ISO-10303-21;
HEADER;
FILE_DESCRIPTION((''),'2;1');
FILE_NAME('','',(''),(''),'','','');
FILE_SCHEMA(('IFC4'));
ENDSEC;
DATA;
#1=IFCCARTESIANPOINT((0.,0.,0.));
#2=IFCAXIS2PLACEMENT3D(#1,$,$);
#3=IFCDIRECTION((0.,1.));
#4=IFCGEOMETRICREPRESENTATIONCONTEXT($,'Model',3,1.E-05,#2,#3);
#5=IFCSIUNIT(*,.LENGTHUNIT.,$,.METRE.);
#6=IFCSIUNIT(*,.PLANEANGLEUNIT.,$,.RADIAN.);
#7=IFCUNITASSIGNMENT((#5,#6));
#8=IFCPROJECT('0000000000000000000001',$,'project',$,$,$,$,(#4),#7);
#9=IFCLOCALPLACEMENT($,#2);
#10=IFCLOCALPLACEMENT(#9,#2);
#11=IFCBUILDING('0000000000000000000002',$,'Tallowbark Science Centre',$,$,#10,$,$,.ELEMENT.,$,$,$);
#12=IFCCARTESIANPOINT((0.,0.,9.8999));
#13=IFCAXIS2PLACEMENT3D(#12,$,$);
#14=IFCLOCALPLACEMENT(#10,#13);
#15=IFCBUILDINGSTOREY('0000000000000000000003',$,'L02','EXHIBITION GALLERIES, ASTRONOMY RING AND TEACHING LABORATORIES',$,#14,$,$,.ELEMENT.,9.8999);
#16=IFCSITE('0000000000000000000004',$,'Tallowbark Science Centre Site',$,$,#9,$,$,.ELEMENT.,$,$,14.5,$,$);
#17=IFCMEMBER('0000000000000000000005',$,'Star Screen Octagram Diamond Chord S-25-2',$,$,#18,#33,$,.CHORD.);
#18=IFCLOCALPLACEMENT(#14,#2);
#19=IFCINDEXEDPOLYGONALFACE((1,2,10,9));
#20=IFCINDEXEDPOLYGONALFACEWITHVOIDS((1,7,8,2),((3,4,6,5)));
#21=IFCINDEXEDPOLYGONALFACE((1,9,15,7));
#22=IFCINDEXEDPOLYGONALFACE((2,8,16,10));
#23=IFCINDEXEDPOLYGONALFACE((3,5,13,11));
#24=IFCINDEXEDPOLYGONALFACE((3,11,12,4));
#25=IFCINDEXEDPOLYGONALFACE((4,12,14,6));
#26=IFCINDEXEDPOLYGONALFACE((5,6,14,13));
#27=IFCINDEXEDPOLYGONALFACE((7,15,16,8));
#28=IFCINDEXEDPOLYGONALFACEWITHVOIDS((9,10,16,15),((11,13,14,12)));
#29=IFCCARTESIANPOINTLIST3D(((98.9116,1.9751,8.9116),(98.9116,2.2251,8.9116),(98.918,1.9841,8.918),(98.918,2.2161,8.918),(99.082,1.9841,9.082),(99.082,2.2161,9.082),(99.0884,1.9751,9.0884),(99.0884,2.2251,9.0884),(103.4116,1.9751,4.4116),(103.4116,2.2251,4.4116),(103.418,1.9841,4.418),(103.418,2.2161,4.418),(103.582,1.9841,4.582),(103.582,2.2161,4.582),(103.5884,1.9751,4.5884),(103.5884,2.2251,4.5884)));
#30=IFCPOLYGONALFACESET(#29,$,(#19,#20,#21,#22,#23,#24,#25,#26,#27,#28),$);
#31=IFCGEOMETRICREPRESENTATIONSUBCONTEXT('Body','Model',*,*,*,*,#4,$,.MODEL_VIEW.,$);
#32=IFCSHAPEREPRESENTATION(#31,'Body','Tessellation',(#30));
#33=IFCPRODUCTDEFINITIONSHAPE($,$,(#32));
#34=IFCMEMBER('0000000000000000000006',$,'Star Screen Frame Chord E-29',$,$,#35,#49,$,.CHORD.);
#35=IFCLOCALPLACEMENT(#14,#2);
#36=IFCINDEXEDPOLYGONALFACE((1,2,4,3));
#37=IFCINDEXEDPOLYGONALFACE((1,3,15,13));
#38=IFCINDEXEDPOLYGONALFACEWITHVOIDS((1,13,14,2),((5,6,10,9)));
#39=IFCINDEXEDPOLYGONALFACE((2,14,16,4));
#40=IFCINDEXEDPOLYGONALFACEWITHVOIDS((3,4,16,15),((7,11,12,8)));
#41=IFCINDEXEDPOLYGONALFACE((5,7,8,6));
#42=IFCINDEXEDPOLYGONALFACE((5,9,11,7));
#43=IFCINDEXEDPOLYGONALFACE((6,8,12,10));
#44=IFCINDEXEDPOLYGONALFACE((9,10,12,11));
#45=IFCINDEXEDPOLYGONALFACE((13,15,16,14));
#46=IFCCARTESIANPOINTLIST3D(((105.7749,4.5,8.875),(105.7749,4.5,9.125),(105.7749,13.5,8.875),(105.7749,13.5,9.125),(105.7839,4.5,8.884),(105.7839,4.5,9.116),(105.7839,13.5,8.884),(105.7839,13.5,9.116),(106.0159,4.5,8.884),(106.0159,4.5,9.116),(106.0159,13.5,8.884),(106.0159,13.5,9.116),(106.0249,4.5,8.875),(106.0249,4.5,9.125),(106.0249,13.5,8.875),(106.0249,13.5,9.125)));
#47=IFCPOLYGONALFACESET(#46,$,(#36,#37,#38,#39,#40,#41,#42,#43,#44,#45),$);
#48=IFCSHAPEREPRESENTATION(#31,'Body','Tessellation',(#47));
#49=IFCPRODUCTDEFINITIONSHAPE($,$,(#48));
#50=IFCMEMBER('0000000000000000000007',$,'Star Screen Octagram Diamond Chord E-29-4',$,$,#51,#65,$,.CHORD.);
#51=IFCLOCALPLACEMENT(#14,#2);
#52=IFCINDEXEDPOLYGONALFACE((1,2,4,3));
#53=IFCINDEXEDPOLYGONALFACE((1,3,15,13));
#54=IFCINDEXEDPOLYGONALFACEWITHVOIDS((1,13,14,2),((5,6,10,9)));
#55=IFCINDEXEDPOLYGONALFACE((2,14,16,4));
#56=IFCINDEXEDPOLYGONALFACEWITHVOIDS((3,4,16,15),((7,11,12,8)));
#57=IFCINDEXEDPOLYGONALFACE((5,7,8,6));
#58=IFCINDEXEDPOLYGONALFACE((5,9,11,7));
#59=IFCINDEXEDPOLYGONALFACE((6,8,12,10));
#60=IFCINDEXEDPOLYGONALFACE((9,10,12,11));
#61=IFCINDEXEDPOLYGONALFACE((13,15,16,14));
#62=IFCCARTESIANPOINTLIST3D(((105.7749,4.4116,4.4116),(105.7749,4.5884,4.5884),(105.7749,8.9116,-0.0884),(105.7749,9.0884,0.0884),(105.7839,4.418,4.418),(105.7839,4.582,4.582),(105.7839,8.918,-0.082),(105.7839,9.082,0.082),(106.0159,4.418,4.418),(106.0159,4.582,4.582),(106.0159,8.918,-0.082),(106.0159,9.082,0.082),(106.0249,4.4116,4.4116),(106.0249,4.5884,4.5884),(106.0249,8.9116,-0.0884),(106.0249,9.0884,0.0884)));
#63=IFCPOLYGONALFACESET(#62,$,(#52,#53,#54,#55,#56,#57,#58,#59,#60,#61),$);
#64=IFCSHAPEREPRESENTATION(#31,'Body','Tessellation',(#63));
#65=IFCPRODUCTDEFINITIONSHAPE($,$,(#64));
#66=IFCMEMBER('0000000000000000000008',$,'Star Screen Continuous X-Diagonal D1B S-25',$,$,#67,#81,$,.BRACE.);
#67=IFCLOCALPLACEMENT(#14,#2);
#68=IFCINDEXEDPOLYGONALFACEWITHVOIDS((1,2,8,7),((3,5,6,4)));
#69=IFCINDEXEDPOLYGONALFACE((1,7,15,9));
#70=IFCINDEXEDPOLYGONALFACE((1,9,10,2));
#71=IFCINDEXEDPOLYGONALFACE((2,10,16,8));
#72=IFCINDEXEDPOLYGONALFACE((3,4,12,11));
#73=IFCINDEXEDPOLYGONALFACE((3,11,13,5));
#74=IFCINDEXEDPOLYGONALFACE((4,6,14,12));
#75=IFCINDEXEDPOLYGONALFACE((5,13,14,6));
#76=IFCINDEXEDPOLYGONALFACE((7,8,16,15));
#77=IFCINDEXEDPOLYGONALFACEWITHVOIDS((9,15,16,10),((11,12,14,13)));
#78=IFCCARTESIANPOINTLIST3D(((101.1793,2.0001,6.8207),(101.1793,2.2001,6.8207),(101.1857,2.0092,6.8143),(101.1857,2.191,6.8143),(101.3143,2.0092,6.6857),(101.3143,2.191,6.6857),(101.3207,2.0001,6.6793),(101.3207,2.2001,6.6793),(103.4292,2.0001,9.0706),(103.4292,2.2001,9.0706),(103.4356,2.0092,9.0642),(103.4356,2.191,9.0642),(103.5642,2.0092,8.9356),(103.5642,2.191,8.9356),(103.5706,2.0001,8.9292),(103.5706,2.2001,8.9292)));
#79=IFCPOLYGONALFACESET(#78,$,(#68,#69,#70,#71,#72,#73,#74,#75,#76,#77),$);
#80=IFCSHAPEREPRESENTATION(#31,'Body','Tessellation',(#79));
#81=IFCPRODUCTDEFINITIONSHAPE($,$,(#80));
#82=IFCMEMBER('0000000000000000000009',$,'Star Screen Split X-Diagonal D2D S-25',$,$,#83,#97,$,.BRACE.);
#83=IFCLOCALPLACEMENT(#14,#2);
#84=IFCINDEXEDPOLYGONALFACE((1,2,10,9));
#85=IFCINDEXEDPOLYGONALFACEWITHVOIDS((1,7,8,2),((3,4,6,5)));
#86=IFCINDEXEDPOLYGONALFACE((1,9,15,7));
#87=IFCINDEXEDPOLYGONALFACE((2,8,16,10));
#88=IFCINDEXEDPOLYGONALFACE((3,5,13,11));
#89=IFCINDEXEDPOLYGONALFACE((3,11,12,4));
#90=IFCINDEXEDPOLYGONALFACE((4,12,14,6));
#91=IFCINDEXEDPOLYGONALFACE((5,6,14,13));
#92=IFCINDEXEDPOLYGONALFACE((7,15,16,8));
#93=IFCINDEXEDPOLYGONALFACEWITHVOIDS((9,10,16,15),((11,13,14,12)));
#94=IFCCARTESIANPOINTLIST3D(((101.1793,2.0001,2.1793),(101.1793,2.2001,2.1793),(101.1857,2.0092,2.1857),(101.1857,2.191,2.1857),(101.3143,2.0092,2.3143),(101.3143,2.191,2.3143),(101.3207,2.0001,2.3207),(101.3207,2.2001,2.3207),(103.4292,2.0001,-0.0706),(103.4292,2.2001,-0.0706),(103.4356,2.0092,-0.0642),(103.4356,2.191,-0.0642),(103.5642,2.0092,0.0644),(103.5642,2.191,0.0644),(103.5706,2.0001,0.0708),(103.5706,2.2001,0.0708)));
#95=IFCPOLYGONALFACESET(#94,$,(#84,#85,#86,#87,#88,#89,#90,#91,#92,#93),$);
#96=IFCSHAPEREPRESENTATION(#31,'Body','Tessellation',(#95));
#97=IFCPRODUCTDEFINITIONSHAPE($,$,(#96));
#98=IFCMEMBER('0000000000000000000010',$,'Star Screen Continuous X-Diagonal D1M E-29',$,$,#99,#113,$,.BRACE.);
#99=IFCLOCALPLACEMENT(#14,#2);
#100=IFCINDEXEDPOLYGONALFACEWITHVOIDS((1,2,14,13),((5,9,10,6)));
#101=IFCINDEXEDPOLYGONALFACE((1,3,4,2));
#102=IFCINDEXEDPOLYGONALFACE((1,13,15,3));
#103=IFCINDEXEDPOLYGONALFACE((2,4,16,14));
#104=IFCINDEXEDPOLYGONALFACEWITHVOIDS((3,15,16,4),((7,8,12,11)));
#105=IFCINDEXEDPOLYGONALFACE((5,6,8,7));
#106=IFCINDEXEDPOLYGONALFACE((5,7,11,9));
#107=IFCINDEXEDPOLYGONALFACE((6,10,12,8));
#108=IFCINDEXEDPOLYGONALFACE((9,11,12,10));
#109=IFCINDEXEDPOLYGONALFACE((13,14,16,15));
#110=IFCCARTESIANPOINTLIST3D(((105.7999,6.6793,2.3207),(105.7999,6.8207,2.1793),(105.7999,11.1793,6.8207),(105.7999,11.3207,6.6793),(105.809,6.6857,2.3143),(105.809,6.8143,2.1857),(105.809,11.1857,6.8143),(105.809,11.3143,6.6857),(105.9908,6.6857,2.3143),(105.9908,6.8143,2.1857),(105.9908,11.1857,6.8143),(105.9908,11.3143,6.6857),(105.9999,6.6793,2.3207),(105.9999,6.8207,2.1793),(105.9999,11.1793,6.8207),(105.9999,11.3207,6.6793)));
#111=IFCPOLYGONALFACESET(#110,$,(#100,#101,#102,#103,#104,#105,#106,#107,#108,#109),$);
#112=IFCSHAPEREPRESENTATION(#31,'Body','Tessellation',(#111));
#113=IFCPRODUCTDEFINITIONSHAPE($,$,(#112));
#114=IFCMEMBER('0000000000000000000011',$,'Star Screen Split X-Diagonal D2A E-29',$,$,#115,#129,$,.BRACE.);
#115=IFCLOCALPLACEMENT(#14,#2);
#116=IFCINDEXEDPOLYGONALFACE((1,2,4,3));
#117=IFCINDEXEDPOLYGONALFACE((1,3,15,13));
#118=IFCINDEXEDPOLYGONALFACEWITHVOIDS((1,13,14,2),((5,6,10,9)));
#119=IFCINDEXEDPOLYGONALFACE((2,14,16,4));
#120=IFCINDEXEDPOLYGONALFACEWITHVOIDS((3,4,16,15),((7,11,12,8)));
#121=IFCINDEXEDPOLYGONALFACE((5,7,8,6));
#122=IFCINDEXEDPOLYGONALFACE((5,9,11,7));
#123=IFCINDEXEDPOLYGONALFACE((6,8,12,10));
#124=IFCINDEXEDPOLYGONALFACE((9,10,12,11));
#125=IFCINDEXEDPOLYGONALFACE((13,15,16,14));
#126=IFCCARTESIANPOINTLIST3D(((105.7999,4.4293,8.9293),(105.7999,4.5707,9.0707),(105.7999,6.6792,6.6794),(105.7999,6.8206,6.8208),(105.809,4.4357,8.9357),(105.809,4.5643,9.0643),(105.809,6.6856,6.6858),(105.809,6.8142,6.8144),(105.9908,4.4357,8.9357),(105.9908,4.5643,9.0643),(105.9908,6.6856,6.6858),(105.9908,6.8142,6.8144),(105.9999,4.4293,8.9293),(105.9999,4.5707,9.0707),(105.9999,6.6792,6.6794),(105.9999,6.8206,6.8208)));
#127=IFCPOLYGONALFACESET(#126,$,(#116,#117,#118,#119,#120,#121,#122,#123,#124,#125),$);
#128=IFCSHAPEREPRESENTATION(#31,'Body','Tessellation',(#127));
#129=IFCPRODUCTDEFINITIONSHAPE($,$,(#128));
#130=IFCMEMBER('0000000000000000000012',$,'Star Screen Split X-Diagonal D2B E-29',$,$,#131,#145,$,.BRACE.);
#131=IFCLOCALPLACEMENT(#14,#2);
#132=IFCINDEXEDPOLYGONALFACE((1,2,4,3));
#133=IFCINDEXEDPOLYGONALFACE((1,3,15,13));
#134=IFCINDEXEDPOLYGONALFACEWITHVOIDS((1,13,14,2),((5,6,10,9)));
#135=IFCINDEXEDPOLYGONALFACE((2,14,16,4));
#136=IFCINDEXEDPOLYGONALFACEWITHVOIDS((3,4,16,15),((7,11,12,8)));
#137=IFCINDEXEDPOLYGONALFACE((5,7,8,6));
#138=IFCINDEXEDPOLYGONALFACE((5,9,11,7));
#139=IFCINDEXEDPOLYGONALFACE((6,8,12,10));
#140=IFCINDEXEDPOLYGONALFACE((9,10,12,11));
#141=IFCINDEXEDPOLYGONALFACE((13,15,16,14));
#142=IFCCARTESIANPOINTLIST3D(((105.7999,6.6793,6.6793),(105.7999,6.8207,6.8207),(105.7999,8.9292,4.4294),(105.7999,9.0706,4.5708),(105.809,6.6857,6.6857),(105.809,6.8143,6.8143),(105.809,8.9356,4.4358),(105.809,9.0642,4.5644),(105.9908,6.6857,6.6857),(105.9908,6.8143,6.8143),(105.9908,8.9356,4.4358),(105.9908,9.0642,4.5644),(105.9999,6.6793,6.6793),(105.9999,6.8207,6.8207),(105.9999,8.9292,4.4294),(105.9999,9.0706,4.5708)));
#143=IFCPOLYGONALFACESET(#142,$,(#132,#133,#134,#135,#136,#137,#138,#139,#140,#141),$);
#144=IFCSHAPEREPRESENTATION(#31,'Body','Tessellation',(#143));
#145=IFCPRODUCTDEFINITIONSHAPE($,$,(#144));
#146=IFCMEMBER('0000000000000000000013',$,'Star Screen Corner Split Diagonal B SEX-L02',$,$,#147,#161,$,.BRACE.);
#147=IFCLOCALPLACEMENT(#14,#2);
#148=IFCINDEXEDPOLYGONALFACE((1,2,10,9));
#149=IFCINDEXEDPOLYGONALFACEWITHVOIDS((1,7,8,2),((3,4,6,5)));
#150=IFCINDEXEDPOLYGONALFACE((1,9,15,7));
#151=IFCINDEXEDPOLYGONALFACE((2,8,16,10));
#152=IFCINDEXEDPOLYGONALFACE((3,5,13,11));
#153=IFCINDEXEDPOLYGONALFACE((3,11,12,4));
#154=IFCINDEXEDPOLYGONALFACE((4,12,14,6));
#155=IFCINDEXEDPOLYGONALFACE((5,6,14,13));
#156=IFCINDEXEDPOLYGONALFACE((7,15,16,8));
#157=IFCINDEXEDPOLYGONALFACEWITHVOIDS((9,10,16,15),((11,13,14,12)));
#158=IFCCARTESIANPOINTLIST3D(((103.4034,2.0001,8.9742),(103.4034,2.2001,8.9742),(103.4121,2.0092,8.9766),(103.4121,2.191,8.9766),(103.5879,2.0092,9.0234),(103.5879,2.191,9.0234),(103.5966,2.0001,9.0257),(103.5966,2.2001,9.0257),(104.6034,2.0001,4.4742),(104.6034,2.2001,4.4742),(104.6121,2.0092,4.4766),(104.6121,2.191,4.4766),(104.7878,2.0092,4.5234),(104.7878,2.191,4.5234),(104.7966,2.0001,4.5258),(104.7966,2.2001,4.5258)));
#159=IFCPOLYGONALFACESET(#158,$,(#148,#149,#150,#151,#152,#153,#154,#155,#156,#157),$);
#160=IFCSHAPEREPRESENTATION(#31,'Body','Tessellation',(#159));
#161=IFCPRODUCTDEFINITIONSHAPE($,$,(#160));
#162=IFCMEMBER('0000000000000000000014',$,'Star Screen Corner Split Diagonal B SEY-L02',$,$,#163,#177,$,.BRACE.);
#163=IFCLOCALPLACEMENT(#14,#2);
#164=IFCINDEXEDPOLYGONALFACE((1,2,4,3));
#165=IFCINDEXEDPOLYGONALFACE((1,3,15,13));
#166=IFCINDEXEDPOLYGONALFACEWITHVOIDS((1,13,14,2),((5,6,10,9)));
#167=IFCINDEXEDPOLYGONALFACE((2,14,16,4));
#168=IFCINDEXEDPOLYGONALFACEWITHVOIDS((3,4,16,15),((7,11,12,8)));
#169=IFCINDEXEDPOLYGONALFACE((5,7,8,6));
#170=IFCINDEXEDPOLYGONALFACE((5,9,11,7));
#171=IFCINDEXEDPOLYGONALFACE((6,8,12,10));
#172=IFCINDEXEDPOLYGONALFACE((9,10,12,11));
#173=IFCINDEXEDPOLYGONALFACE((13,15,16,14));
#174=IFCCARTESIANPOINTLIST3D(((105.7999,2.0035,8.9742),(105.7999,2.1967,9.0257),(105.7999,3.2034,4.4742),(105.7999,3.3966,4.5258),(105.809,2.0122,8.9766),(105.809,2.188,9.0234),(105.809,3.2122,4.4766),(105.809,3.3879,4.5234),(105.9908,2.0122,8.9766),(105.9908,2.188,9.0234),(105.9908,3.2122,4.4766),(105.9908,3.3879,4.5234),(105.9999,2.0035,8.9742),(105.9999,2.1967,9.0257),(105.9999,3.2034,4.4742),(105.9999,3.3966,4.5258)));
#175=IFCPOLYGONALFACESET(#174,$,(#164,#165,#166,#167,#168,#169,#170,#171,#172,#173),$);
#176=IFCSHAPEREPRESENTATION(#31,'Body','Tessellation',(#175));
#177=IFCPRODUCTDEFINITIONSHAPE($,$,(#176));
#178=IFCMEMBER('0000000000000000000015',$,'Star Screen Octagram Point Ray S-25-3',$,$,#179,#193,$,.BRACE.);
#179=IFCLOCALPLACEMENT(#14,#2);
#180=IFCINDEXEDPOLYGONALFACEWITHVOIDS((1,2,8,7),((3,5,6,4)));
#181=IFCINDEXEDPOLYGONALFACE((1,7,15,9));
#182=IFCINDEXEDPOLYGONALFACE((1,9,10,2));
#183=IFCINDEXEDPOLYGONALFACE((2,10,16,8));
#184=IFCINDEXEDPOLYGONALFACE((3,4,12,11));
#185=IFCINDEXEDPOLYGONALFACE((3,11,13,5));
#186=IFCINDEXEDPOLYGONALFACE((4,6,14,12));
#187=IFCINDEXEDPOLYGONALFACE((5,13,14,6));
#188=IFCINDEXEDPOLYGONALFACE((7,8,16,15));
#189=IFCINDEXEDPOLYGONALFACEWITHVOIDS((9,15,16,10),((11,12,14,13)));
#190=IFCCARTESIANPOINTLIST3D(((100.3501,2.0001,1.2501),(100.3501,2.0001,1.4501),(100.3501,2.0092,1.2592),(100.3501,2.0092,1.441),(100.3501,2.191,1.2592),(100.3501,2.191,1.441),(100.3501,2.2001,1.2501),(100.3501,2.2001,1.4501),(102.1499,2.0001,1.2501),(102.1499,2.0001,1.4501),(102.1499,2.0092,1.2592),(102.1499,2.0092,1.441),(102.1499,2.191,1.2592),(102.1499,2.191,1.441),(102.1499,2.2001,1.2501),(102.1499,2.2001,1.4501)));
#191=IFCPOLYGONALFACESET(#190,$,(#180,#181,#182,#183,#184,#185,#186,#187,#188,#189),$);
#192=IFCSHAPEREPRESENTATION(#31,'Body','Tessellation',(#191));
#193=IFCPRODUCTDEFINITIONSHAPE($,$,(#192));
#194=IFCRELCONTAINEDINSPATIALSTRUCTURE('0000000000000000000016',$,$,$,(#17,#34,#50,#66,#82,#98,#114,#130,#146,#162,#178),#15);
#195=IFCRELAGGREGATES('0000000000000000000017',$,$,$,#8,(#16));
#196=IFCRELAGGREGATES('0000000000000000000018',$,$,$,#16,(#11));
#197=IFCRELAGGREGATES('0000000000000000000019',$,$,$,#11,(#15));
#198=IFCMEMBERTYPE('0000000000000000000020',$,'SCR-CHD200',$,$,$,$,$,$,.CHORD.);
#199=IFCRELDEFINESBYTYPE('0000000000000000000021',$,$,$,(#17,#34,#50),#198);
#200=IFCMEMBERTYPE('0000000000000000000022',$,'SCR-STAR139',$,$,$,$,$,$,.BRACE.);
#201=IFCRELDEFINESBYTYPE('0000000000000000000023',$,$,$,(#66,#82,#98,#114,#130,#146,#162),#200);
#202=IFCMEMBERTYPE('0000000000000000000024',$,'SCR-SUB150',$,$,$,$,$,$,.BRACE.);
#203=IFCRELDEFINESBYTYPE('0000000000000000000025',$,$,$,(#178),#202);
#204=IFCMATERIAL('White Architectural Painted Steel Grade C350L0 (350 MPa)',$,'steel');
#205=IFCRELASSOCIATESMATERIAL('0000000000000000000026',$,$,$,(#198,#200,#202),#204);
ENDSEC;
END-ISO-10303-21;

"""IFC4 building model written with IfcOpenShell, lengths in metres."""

from ifc_helpers import new_model, si_unit, direction, frame, origin, origin_2d, place, context, subcontext, project, spatial, hollow_rectangle, extrude, material, material_profile, profile_set, type_object, element, save


model = new_model("IFC4")

# Units and contexts
model_context = context("Model", 3, precision=1e-05, world=origin(), true_north=direction((0.0, 1.0)))
body_context = subcontext(model_context, "Body", "Model", "MODEL_VIEW")
ifc_project = project(units=[si_unit("LENGTHUNIT", "METRE"), si_unit("PLANEANGLEUNIT", "RADIAN")], contexts=[model_context])

# Site, building, storey
site_placement = place(None, origin())
site = spatial("IfcSite", under=ifc_project, at=site_placement, Name="Tallowbark Science Centre Site", CompositionType="ELEMENT", RefElevation=14.5)
building_placement = place(site_placement, origin())
building = spatial("IfcBuilding", under=site, at=building_placement, Name="Tallowbark Science Centre", CompositionType="ELEMENT")
storey_placement = place(building_placement, frame((0.0, 0.0, 9.8999)))
storey = spatial("IfcBuildingStorey", under=building, at=storey_placement, Name="L02", Description="EXHIBITION GALLERIES, ASTRONOMY RING AND TEACHING LABORATORIES", CompositionType="ELEMENT", Elevation=9.8999)

# Members
ifc_material_1 = material(Name="White Architectural Painted Steel Grade C350L0 (350 MPa)", Category="steel")
ifc_material_profile_1 = material_profile(ifc_material_1, hollow_rectangle(XDim=0.25, YDim=0.25, WallThickness=0.009, at=origin_2d()), Name="250x250x9.0SHS")
ifc_profile_set_1 = profile_set([ifc_material_profile_1], Name="White Architectural Painted Steel Grade C350L0 (350 MPa)")
member_type_1 = type_object("IfcMemberType", Name="SCR-CHD200", PredefinedType="CHORD", material=ifc_profile_set_1)
member_1_placement = place(storey_placement, frame((103.5, 2.1001, 4.5), z_axis=(-0.707107, 0.0, 0.707107), x_axis=(0.0, -1.0, 0.0)))
element("IfcMember", 1, at=member_1_placement, inside=storey, type_object=member_type_1, Name="Star Screen Octagram Diamond Chord S-25-2", PredefinedType="CHORD", context=body_context, shape_type="SweptSolid", body=[
    extrude(hollow_rectangle(XDim=0.25, YDim=0.25, WallThickness=0.009, at=origin_2d()), origin(), (0.0, 0.0, 1.0), 6.364),
])
member_2_placement = place(storey_placement, frame((105.8999, 4.5, 9.0), z_axis=(0.0, 1.0, 0.0), x_axis=(-1.0, 0.0, 0.0)))
element("IfcMember", 2, at=member_2_placement, inside=storey, type_object=member_type_1, Name="Star Screen Frame Chord E-29", PredefinedType="CHORD", context=body_context, shape_type="SweptSolid", body=[
    extrude(hollow_rectangle(XDim=0.25, YDim=0.25, WallThickness=0.009, at=origin_2d()), origin(), (0.0, 0.0, 1.0), 9.0),
])
member_3_placement = place(storey_placement, frame((105.8999, 4.5, 4.5), z_axis=(0.0, 0.707107, -0.707107), x_axis=(-1.0, 0.0, 0.0)))
element("IfcMember", 3, at=member_3_placement, inside=storey, type_object=member_type_1, Name="Star Screen Octagram Diamond Chord E-29-4", PredefinedType="CHORD", context=body_context, shape_type="SweptSolid", body=[
    extrude(hollow_rectangle(XDim=0.25, YDim=0.25, WallThickness=0.009, at=origin_2d()), origin(), (0.0, 0.0, 1.0), 6.364),
])
ifc_material_profile_2 = material_profile(ifc_material_1, hollow_rectangle(XDim=0.2, YDim=0.2, WallThickness=0.009, at=origin_2d()), Name="200x200x9.0SHS")
ifc_profile_set_2 = profile_set([ifc_material_profile_2], Name="White Architectural Painted Steel Grade C350L0 (350 MPa)")
member_type_2 = type_object("IfcMemberType", Name="SCR-STAR139", PredefinedType="BRACE", material=ifc_profile_set_2)
for number, where, z_axis, x_axis, name in (
    (4, (101.25, 2.1001, 6.75), (0.707107, 0.0, 0.707107), (0.0, 1.0, 0.0), "Star Screen Continuous X-Diagonal D1B S-25"),
    (5, (101.25, 2.1001, 2.25), (0.707107, 0.0, -0.707107), (0.0, 1.0, 0.0), "Star Screen Split X-Diagonal D2D S-25"),
):
    element("IfcMember", number, at=place(storey_placement, frame(where, z_axis=z_axis, x_axis=x_axis)), inside=storey, type_object=member_type_2, Name=name, PredefinedType="BRACE", context=body_context, shape_type="SweptSolid", body=[
        extrude(hollow_rectangle(XDim=0.2, YDim=0.2, WallThickness=0.009, at=origin_2d()), origin(), (0.0, 0.0, 1.0), 3.1819),
    ])
member_4_placement = place(storey_placement, frame((105.8999, 6.75, 2.25), z_axis=(0.0, 0.707107, 0.707107), x_axis=(-1.0, 0.0, 0.0)))
element("IfcMember", 6, at=member_4_placement, inside=storey, type_object=member_type_2, Name="Star Screen Continuous X-Diagonal D1M E-29", PredefinedType="BRACE", context=body_context, shape_type="SweptSolid", body=[
    extrude(hollow_rectangle(XDim=0.2, YDim=0.2, WallThickness=0.009, at=origin_2d()), origin(), (0.0, 0.0, 1.0), 6.364),
])
for number, where, z_axis, x_axis, name in (
    (7, (105.8999, 4.5, 9.0), (0.0, 0.707107, -0.707107), (-1.0, 0.0, 0.0), "Star Screen Split X-Diagonal D2A E-29"),
    (8, (105.8999, 6.75, 6.75), (0.0, 0.707107, -0.707107), (-1.0, 0.0, 0.0), "Star Screen Split X-Diagonal D2B E-29"),
):
    element("IfcMember", number, at=place(storey_placement, frame(where, z_axis=z_axis, x_axis=x_axis)), inside=storey, type_object=member_type_2, Name=name, PredefinedType="BRACE", context=body_context, shape_type="SweptSolid", body=[
        extrude(hollow_rectangle(XDim=0.2, YDim=0.2, WallThickness=0.009, at=origin_2d()), origin(), (0.0, 0.0, 1.0), 3.1819),
    ])
for number, where, z_axis, x_axis, name in (
    (9, (104.7, 2.1001, 4.5), (-0.257653, 0.0, 0.966238), (0.0, -1.0, 0.0), "Star Screen Corner Split Diagonal B SEX-L02"),
    (10, (105.8999, 3.3, 4.5), (0.0, -0.257653, 0.966238), (1.0, 0.0, 0.0), "Star Screen Corner Split Diagonal B SEY-L02"),
):
    element("IfcMember", number, at=place(storey_placement, frame(where, z_axis=z_axis, x_axis=x_axis)), inside=storey, type_object=member_type_2, Name=name, PredefinedType="BRACE", context=body_context, shape_type="SweptSolid", body=[
        extrude(hollow_rectangle(XDim=0.2, YDim=0.2, WallThickness=0.009, at=origin_2d()), origin(), (0.0, 0.0, 1.0), 4.6572),
    ])
ifc_material_profile_3 = material_profile(ifc_material_1, hollow_rectangle(XDim=0.2, YDim=0.2, WallThickness=0.009, at=origin_2d()), Name="200x200x9.0SHS")
ifc_profile_set_3 = profile_set([ifc_material_profile_3], Name="White Architectural Painted Steel Grade C350L0 (350 MPa)")
member_type_3 = type_object("IfcMemberType", Name="SCR-SUB150", PredefinedType="BRACE", material=ifc_profile_set_3)
member_5_placement = place(storey_placement, frame((102.1499, 2.1001, 1.3501), z_axis=(-1.0, 0.0, 0.0), x_axis=(0.0, -1.0, 0.0)))
element("IfcMember", 11, at=member_5_placement, inside=storey, type_object=member_type_3, Name="Star Screen Octagram Point Ray S-25-3", PredefinedType="BRACE", context=body_context, shape_type="SweptSolid", body=[
    extrude(hollow_rectangle(XDim=0.2, YDim=0.2, WallThickness=0.009, at=origin_2d()), origin(), (0.0, 0.0, 1.0), 1.7998),
])

save(model, "model.ifc")
